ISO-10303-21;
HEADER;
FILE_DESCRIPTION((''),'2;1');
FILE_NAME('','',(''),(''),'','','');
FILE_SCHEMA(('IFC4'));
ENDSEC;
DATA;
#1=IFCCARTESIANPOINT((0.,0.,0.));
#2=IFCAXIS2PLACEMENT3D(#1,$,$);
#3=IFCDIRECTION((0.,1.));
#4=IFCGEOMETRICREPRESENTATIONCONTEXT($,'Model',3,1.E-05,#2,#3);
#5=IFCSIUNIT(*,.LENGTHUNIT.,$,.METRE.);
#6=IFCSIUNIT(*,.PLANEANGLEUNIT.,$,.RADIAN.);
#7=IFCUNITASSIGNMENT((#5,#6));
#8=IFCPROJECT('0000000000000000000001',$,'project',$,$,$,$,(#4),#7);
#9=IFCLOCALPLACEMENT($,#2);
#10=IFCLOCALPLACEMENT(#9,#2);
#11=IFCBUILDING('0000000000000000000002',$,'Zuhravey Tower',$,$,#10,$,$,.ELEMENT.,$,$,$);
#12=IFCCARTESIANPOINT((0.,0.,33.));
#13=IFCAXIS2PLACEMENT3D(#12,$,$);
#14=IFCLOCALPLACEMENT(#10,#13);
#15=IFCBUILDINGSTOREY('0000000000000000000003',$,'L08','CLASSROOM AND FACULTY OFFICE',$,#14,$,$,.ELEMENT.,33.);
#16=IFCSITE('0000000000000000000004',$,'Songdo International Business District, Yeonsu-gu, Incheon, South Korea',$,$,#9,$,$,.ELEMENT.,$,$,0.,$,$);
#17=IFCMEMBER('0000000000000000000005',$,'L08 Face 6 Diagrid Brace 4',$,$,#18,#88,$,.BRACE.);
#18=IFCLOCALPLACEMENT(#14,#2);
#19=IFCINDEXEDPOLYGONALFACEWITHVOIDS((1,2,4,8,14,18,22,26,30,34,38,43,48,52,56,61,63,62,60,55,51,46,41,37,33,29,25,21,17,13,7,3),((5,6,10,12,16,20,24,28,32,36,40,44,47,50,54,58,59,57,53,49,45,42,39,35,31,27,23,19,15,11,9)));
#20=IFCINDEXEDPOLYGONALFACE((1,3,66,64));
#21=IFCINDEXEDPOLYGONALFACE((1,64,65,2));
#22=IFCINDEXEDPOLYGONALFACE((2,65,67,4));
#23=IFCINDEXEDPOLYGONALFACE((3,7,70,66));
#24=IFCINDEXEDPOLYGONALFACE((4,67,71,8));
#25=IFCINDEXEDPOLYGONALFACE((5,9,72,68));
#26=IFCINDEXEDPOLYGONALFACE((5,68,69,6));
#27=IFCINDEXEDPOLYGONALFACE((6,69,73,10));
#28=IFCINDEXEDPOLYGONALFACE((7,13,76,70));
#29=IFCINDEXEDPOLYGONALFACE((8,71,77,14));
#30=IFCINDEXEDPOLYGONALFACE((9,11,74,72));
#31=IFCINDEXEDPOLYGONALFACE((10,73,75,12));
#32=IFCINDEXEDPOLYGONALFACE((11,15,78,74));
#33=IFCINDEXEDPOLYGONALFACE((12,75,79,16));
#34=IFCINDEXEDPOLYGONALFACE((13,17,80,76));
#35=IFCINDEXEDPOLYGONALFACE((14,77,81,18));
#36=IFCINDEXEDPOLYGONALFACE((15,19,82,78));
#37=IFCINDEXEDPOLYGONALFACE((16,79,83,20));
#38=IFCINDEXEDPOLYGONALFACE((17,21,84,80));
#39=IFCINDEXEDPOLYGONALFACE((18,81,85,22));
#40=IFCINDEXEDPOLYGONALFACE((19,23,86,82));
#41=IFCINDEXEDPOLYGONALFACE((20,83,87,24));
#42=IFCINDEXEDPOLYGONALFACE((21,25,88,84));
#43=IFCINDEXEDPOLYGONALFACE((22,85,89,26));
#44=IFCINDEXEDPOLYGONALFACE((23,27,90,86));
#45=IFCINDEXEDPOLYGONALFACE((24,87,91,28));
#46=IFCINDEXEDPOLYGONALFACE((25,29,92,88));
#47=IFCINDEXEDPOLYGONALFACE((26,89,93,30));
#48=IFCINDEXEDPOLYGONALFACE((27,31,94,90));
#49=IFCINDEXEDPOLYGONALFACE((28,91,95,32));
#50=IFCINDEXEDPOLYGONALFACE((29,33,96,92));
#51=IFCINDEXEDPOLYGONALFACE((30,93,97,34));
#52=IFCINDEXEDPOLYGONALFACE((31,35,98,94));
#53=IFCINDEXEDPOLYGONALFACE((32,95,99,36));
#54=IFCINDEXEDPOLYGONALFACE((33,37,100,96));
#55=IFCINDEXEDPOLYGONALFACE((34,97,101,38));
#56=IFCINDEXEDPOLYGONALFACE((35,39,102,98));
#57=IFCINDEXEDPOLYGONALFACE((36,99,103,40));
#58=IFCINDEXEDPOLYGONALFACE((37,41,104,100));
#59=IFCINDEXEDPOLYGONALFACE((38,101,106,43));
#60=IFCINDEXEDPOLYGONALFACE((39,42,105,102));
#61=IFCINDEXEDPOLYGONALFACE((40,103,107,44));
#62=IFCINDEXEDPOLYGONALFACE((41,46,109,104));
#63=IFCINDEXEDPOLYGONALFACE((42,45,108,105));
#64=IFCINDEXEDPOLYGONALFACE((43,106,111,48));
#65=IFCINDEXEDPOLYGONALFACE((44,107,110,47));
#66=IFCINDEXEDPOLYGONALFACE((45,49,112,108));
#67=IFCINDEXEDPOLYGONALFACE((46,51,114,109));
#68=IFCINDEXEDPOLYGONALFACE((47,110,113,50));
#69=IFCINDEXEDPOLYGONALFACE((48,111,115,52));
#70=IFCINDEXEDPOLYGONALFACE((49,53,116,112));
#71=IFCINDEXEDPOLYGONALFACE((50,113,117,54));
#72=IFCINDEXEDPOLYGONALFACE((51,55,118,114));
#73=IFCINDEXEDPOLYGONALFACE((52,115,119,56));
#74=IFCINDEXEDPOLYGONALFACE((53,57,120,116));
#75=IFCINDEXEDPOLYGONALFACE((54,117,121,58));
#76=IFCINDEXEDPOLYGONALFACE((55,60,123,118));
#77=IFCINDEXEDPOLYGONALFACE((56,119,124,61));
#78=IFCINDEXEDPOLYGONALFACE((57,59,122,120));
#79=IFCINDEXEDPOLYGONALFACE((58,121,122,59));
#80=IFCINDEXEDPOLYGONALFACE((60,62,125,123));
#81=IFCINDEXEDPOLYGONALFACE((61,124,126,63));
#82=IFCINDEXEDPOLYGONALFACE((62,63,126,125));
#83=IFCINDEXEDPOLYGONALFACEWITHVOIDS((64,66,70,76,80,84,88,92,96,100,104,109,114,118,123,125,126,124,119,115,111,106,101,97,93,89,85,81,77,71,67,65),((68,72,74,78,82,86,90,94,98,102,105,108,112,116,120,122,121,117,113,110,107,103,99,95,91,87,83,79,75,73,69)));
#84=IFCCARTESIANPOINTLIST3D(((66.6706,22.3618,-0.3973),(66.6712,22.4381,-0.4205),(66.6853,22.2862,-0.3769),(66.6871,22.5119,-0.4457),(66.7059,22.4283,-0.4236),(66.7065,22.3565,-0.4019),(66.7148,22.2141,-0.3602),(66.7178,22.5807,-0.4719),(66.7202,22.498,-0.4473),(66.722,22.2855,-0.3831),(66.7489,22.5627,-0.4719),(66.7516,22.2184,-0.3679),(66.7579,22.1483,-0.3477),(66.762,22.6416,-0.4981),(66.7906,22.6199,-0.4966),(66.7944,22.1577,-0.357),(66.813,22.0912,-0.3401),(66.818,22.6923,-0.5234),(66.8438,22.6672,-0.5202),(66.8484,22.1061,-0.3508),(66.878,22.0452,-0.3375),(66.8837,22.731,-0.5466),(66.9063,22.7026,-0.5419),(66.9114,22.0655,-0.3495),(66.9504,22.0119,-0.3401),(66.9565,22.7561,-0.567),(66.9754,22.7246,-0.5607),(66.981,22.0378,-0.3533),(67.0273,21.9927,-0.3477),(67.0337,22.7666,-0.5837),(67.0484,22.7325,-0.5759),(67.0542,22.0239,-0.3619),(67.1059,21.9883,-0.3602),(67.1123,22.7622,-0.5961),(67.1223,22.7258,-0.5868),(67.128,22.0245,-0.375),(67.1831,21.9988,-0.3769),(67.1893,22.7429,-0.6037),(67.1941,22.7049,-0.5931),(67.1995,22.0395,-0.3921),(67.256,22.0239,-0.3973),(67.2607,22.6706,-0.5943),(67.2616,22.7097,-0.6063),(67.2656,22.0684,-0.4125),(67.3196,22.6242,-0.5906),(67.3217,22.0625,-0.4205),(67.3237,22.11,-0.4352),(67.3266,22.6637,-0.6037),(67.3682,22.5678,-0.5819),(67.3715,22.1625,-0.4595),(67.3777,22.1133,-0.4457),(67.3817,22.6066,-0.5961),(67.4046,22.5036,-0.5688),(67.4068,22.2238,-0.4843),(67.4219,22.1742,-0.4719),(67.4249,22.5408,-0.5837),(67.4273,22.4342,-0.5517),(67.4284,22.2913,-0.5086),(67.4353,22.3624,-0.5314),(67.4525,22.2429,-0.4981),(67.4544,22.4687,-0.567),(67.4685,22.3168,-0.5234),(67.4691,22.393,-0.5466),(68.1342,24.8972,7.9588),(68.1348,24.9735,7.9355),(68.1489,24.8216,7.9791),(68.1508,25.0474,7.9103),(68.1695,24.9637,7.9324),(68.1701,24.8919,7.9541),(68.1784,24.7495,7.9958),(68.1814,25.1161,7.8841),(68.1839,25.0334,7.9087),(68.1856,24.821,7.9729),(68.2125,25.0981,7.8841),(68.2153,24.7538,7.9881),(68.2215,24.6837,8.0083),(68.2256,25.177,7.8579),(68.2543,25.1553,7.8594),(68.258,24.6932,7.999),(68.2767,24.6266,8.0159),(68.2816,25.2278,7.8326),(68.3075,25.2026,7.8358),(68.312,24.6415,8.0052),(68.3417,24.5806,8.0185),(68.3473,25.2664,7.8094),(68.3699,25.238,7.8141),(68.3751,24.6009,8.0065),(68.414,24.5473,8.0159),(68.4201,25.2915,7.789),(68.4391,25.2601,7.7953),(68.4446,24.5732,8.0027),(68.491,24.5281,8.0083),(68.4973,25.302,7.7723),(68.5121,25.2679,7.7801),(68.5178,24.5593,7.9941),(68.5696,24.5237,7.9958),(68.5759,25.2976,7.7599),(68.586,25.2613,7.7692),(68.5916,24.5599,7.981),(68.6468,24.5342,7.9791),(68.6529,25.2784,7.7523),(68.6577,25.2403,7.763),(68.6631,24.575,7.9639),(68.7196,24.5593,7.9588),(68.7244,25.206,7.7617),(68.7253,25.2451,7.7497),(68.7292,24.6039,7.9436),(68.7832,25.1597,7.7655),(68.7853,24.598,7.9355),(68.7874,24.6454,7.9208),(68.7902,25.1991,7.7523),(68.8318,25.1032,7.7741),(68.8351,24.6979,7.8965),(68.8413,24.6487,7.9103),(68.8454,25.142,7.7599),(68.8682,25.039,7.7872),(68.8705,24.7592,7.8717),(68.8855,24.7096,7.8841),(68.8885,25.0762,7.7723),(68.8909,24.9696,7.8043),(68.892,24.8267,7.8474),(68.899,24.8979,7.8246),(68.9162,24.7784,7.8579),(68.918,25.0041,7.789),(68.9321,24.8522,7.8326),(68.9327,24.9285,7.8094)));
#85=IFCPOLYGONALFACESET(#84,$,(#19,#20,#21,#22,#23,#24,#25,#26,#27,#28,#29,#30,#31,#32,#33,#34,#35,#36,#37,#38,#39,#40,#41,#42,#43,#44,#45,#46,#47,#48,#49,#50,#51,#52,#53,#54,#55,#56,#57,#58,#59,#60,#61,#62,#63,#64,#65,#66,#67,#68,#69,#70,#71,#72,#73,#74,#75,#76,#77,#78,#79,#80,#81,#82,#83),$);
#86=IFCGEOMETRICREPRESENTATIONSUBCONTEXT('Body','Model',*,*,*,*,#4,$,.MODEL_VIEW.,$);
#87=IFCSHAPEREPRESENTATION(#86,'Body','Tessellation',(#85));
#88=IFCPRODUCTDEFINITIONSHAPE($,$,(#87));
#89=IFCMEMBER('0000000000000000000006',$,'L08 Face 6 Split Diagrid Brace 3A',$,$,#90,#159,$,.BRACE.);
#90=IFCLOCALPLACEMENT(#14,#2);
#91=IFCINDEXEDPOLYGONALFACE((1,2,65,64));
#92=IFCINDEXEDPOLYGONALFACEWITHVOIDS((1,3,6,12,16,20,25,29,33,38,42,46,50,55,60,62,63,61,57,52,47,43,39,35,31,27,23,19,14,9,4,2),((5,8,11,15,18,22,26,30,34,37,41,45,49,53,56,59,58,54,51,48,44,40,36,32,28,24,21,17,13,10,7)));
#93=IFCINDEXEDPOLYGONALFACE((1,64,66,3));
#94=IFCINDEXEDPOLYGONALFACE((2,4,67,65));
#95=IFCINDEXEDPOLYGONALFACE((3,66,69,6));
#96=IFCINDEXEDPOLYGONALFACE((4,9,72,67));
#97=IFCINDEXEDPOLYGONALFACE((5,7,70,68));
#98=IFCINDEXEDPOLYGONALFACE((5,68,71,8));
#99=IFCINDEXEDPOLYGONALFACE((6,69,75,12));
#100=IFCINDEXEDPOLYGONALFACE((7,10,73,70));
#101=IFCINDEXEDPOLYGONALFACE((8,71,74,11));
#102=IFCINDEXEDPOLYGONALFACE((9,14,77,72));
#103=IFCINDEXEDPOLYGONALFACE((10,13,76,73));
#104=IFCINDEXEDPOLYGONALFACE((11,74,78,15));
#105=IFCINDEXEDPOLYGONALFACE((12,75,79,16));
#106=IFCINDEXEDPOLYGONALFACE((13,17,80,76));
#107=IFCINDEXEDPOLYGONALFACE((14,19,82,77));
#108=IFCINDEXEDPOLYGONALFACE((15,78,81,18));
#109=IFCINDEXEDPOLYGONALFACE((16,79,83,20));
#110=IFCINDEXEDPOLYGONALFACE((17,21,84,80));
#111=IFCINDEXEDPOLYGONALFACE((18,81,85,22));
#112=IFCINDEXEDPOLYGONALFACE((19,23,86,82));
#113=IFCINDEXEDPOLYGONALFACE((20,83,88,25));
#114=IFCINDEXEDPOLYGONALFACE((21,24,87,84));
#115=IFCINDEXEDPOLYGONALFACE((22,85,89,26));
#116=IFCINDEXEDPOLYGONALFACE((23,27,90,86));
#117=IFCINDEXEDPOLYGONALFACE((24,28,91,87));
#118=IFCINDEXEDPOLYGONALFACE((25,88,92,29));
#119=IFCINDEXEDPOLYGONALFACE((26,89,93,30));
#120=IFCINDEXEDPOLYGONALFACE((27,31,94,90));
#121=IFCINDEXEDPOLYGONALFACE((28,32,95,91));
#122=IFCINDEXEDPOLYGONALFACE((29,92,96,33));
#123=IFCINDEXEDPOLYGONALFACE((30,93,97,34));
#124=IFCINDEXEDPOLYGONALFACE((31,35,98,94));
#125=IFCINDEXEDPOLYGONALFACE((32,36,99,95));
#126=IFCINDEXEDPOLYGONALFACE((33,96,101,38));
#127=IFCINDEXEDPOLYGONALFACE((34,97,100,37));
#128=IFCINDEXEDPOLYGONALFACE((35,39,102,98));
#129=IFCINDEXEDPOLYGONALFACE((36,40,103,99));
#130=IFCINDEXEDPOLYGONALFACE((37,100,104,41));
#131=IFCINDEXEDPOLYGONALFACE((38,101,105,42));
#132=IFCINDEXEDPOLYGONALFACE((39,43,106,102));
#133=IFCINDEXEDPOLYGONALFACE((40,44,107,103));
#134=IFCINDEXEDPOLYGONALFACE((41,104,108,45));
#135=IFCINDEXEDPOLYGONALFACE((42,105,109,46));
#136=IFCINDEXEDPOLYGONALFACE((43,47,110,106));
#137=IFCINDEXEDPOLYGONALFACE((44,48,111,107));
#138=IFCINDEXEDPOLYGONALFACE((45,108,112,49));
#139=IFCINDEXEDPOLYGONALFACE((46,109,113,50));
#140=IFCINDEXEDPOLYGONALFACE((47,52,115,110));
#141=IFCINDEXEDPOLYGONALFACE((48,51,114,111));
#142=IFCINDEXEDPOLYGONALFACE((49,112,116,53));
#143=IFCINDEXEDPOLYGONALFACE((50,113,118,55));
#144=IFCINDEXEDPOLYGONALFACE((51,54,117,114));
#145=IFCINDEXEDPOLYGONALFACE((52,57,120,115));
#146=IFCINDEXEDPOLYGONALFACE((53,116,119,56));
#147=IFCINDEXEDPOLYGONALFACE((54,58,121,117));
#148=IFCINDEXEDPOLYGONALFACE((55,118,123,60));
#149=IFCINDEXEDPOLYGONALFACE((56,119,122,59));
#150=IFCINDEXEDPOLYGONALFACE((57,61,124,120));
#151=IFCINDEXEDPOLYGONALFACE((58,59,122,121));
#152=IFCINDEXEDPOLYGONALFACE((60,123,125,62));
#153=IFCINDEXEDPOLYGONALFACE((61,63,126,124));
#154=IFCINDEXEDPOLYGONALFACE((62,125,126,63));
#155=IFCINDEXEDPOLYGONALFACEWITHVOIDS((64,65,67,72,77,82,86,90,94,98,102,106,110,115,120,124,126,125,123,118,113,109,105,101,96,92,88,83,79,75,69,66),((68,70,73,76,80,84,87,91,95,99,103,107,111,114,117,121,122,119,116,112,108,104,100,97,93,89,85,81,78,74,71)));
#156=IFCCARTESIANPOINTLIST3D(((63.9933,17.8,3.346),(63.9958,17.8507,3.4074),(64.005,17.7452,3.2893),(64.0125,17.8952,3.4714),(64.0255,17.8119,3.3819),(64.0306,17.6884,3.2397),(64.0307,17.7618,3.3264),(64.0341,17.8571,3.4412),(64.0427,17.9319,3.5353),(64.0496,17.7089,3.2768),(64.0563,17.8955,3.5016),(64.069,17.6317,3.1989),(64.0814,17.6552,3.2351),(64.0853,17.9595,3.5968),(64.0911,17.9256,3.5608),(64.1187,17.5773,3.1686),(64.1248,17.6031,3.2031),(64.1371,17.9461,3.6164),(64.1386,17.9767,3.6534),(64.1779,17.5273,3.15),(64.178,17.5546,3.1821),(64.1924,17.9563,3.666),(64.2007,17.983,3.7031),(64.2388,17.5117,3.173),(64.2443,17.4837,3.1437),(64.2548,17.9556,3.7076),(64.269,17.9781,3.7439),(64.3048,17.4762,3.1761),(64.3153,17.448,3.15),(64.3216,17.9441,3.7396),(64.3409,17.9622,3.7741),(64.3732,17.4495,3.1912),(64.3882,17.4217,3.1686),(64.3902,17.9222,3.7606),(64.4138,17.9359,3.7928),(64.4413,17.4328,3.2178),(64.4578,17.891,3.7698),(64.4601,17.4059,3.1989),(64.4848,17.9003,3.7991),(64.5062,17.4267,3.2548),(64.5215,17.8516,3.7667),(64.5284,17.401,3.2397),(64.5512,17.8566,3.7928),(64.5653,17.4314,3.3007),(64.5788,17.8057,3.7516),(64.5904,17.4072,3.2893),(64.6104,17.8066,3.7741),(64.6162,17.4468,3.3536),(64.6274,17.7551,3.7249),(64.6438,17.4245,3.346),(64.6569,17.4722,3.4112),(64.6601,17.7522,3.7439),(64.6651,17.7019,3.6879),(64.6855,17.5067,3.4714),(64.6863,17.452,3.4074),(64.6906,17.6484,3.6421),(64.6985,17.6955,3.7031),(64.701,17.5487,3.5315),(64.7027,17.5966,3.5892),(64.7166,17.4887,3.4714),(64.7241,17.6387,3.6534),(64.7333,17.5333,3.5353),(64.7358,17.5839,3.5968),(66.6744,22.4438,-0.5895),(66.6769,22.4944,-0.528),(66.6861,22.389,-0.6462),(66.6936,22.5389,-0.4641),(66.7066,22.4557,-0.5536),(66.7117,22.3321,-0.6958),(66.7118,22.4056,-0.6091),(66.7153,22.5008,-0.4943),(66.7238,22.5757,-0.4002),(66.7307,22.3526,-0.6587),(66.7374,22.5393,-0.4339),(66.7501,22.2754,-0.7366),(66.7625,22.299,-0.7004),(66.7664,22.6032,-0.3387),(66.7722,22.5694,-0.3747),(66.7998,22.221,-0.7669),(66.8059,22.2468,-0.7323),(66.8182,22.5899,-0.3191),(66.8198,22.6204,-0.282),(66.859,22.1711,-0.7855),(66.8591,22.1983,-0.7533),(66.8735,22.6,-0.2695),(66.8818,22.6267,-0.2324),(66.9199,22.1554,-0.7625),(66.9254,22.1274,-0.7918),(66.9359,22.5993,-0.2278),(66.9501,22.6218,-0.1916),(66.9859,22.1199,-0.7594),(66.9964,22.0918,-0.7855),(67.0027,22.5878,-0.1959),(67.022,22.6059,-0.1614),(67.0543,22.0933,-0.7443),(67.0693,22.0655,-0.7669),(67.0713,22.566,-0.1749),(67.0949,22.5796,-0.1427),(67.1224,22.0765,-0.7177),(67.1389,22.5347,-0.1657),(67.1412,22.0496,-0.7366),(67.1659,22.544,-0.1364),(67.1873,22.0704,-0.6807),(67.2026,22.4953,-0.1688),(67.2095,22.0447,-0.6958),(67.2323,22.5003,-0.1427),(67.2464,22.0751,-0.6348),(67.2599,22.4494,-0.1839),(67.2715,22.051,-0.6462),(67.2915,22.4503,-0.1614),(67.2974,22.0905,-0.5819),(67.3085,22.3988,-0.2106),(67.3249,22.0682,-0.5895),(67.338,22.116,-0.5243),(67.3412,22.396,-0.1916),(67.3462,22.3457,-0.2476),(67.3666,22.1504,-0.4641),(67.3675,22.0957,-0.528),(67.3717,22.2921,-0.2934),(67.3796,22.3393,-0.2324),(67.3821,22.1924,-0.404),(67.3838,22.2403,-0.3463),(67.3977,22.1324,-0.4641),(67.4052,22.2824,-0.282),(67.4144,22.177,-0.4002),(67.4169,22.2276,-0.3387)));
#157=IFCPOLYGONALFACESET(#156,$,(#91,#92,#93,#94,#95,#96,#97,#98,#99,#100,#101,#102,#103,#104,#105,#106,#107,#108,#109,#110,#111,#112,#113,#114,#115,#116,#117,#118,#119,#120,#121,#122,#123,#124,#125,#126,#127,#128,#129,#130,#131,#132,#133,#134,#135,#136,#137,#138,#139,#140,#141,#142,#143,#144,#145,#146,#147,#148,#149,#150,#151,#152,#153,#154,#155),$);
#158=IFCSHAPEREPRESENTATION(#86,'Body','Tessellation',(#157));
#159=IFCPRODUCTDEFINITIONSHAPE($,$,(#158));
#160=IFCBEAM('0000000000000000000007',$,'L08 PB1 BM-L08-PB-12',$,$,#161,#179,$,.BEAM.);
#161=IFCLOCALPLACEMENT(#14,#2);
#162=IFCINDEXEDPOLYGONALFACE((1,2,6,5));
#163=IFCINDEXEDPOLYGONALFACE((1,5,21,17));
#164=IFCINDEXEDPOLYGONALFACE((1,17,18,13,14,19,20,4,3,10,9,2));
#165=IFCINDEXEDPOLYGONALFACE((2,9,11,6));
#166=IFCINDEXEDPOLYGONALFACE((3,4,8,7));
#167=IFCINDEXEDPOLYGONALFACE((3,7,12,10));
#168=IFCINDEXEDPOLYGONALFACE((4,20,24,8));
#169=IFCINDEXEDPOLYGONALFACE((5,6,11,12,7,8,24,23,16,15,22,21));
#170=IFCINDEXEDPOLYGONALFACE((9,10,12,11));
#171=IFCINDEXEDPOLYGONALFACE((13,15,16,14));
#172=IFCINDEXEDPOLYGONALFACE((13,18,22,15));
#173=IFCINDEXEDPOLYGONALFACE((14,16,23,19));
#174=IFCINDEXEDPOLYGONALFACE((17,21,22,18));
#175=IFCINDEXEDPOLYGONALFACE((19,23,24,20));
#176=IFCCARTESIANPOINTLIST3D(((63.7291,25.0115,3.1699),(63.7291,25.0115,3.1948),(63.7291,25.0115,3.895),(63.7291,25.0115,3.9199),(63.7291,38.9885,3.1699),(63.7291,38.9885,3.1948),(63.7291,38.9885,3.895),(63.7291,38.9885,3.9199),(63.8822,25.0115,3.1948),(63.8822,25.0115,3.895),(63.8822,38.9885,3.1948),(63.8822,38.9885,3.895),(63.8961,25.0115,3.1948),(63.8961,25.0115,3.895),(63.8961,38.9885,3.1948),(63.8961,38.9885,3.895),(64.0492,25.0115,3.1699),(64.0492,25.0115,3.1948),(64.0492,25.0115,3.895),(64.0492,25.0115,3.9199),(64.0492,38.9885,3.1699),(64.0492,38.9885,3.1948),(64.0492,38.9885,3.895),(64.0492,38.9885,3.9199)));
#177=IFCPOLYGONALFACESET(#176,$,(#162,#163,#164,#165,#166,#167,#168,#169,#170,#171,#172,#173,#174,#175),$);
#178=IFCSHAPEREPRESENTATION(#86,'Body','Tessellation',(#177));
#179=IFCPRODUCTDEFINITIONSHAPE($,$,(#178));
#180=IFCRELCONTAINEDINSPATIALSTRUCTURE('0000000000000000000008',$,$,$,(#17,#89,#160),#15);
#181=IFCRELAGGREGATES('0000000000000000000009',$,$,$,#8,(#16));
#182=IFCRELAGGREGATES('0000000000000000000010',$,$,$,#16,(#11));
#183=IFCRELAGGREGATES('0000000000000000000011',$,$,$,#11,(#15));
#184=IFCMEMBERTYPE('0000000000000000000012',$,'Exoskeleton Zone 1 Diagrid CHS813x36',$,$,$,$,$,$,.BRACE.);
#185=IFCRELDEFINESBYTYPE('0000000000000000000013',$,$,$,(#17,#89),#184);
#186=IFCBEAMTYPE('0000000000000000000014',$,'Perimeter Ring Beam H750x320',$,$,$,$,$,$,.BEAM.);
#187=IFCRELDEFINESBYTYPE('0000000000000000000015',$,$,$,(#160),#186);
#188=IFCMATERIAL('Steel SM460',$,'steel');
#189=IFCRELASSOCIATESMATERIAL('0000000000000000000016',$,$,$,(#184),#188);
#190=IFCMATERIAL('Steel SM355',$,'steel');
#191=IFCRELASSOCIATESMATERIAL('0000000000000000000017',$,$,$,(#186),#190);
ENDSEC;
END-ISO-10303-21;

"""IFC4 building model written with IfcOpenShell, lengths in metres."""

from ifc_helpers import new_model, si_unit, direction, frame, origin, origin_2d, place, context, subcontext, project, spatial, hollow_circle, i_section, extrude, material, material_profile, profile_set, type_object, element, save


model = new_model("IFC4")

# Units and contexts
model_context = context("Model", 3, precision=1e-05, world=origin(), true_north=direction((0.0, 1.0)))
body_context = subcontext(model_context, "Body", "Model", "MODEL_VIEW")
ifc_project = project(units=[si_unit("LENGTHUNIT", "METRE"), si_unit("PLANEANGLEUNIT", "RADIAN")], contexts=[model_context])

# Site, building, storey
site_placement = place(None, origin())
site = spatial("IfcSite", under=ifc_project, at=site_placement, Name="Songdo International Business District, Yeonsu-gu, Incheon, South Korea", CompositionType="ELEMENT", RefElevation=0.0)
building_placement = place(site_placement, origin())
building = spatial("IfcBuilding", under=site, at=building_placement, Name="Zuhravey Tower", CompositionType="ELEMENT")
storey_placement = place(building_placement, frame((0.0, 0.0, 33.0)))
storey = spatial("IfcBuildingStorey", under=building, at=storey_placement, Name="L08", Description="CLASSROOM AND FACULTY OFFICE", CompositionType="ELEMENT", Elevation=33.0)

# Members
ifc_material_1 = material(Name="Steel SM460", Category="steel")
ifc_material_profile_1 = material_profile(ifc_material_1, hollow_circle(Radius=0.4065, WallThickness=0.0359, at=origin_2d()), Name="CHS-812.8x36")
ifc_profile_set_1 = profile_set([ifc_material_profile_1], Name="Steel SM460")
member_type_1 = type_object("IfcMemberType", Name="Exoskeleton Zone 1 Diagrid CHS813x36", PredefinedType="BRACE", material=ifc_profile_set_1)
member_1_placement = place(storey_placement, frame((67.0698, 22.3774, -0.4719), z_axis=(0.165307, 0.286358, 0.943755), x_axis=(-0.866054, 0.499951, 0.0)))
element("IfcMember", 1, at=member_1_placement, inside=storey, type_object=member_type_1, Name="L08 Face 6 Diagrid Brace 4", PredefinedType="BRACE", context=body_context, shape_type="SweptSolid", body=[
    extrude(hollow_circle(Radius=0.4065, WallThickness=0.0359, at=origin_2d()), origin(), (0.0, 0.0, 1.0), 8.854),
])
member_2_placement = place(storey_placement, frame((67.0457, 22.3357, -0.4641), z_axis=(-0.403092, -0.698162, 0.591681), x_axis=(0.866021, -0.500008, 0.0)))
element("IfcMember", 2, at=member_2_placement, inside=storey, type_object=member_type_1, Name="L08 Face 6 Split Diagrid Brace 3A", PredefinedType="BRACE", context=body_context, shape_type="SweptSolid", body=[
    extrude(hollow_circle(Radius=0.4065, WallThickness=0.0359, at=origin_2d()), origin(), (0.0, 0.0, 1.0), 6.6514),
])

# Beam
ifc_material_2 = material(Name="Steel SM355", Category="steel")
ifc_material_profile_2 = material_profile(ifc_material_2, i_section(OverallWidth=0.3201, OverallDepth=0.75, WebThickness=0.0139, FlangeThickness=0.0249, at=origin_2d()), Name="H-750x320x14x25")
ifc_profile_set_2 = profile_set([ifc_material_profile_2], Name="Steel SM355")
beam_type_1 = type_object("IfcBeamType", Name="Perimeter Ring Beam H750x320", PredefinedType="BEAM", material=ifc_profile_set_2)
beam_1_placement = place(storey_placement, frame((63.8892, 25.0115, 3.5449), z_axis=(0.0, 1.0, 0.0), x_axis=(-1.0, 0.0, 0.0)))
element("IfcBeam", 3, at=beam_1_placement, inside=storey, type_object=beam_type_1, Name="L08 PB1 BM-L08-PB-12", PredefinedType="BEAM", context=body_context, shape_type="SweptSolid", body=[
    extrude(i_section(OverallWidth=0.3201, OverallDepth=0.75, WebThickness=0.0139, FlangeThickness=0.0249, at=origin_2d()), origin(), (0.0, 0.0, 1.0), 13.9771),
])

save(model, "model.ifc")
